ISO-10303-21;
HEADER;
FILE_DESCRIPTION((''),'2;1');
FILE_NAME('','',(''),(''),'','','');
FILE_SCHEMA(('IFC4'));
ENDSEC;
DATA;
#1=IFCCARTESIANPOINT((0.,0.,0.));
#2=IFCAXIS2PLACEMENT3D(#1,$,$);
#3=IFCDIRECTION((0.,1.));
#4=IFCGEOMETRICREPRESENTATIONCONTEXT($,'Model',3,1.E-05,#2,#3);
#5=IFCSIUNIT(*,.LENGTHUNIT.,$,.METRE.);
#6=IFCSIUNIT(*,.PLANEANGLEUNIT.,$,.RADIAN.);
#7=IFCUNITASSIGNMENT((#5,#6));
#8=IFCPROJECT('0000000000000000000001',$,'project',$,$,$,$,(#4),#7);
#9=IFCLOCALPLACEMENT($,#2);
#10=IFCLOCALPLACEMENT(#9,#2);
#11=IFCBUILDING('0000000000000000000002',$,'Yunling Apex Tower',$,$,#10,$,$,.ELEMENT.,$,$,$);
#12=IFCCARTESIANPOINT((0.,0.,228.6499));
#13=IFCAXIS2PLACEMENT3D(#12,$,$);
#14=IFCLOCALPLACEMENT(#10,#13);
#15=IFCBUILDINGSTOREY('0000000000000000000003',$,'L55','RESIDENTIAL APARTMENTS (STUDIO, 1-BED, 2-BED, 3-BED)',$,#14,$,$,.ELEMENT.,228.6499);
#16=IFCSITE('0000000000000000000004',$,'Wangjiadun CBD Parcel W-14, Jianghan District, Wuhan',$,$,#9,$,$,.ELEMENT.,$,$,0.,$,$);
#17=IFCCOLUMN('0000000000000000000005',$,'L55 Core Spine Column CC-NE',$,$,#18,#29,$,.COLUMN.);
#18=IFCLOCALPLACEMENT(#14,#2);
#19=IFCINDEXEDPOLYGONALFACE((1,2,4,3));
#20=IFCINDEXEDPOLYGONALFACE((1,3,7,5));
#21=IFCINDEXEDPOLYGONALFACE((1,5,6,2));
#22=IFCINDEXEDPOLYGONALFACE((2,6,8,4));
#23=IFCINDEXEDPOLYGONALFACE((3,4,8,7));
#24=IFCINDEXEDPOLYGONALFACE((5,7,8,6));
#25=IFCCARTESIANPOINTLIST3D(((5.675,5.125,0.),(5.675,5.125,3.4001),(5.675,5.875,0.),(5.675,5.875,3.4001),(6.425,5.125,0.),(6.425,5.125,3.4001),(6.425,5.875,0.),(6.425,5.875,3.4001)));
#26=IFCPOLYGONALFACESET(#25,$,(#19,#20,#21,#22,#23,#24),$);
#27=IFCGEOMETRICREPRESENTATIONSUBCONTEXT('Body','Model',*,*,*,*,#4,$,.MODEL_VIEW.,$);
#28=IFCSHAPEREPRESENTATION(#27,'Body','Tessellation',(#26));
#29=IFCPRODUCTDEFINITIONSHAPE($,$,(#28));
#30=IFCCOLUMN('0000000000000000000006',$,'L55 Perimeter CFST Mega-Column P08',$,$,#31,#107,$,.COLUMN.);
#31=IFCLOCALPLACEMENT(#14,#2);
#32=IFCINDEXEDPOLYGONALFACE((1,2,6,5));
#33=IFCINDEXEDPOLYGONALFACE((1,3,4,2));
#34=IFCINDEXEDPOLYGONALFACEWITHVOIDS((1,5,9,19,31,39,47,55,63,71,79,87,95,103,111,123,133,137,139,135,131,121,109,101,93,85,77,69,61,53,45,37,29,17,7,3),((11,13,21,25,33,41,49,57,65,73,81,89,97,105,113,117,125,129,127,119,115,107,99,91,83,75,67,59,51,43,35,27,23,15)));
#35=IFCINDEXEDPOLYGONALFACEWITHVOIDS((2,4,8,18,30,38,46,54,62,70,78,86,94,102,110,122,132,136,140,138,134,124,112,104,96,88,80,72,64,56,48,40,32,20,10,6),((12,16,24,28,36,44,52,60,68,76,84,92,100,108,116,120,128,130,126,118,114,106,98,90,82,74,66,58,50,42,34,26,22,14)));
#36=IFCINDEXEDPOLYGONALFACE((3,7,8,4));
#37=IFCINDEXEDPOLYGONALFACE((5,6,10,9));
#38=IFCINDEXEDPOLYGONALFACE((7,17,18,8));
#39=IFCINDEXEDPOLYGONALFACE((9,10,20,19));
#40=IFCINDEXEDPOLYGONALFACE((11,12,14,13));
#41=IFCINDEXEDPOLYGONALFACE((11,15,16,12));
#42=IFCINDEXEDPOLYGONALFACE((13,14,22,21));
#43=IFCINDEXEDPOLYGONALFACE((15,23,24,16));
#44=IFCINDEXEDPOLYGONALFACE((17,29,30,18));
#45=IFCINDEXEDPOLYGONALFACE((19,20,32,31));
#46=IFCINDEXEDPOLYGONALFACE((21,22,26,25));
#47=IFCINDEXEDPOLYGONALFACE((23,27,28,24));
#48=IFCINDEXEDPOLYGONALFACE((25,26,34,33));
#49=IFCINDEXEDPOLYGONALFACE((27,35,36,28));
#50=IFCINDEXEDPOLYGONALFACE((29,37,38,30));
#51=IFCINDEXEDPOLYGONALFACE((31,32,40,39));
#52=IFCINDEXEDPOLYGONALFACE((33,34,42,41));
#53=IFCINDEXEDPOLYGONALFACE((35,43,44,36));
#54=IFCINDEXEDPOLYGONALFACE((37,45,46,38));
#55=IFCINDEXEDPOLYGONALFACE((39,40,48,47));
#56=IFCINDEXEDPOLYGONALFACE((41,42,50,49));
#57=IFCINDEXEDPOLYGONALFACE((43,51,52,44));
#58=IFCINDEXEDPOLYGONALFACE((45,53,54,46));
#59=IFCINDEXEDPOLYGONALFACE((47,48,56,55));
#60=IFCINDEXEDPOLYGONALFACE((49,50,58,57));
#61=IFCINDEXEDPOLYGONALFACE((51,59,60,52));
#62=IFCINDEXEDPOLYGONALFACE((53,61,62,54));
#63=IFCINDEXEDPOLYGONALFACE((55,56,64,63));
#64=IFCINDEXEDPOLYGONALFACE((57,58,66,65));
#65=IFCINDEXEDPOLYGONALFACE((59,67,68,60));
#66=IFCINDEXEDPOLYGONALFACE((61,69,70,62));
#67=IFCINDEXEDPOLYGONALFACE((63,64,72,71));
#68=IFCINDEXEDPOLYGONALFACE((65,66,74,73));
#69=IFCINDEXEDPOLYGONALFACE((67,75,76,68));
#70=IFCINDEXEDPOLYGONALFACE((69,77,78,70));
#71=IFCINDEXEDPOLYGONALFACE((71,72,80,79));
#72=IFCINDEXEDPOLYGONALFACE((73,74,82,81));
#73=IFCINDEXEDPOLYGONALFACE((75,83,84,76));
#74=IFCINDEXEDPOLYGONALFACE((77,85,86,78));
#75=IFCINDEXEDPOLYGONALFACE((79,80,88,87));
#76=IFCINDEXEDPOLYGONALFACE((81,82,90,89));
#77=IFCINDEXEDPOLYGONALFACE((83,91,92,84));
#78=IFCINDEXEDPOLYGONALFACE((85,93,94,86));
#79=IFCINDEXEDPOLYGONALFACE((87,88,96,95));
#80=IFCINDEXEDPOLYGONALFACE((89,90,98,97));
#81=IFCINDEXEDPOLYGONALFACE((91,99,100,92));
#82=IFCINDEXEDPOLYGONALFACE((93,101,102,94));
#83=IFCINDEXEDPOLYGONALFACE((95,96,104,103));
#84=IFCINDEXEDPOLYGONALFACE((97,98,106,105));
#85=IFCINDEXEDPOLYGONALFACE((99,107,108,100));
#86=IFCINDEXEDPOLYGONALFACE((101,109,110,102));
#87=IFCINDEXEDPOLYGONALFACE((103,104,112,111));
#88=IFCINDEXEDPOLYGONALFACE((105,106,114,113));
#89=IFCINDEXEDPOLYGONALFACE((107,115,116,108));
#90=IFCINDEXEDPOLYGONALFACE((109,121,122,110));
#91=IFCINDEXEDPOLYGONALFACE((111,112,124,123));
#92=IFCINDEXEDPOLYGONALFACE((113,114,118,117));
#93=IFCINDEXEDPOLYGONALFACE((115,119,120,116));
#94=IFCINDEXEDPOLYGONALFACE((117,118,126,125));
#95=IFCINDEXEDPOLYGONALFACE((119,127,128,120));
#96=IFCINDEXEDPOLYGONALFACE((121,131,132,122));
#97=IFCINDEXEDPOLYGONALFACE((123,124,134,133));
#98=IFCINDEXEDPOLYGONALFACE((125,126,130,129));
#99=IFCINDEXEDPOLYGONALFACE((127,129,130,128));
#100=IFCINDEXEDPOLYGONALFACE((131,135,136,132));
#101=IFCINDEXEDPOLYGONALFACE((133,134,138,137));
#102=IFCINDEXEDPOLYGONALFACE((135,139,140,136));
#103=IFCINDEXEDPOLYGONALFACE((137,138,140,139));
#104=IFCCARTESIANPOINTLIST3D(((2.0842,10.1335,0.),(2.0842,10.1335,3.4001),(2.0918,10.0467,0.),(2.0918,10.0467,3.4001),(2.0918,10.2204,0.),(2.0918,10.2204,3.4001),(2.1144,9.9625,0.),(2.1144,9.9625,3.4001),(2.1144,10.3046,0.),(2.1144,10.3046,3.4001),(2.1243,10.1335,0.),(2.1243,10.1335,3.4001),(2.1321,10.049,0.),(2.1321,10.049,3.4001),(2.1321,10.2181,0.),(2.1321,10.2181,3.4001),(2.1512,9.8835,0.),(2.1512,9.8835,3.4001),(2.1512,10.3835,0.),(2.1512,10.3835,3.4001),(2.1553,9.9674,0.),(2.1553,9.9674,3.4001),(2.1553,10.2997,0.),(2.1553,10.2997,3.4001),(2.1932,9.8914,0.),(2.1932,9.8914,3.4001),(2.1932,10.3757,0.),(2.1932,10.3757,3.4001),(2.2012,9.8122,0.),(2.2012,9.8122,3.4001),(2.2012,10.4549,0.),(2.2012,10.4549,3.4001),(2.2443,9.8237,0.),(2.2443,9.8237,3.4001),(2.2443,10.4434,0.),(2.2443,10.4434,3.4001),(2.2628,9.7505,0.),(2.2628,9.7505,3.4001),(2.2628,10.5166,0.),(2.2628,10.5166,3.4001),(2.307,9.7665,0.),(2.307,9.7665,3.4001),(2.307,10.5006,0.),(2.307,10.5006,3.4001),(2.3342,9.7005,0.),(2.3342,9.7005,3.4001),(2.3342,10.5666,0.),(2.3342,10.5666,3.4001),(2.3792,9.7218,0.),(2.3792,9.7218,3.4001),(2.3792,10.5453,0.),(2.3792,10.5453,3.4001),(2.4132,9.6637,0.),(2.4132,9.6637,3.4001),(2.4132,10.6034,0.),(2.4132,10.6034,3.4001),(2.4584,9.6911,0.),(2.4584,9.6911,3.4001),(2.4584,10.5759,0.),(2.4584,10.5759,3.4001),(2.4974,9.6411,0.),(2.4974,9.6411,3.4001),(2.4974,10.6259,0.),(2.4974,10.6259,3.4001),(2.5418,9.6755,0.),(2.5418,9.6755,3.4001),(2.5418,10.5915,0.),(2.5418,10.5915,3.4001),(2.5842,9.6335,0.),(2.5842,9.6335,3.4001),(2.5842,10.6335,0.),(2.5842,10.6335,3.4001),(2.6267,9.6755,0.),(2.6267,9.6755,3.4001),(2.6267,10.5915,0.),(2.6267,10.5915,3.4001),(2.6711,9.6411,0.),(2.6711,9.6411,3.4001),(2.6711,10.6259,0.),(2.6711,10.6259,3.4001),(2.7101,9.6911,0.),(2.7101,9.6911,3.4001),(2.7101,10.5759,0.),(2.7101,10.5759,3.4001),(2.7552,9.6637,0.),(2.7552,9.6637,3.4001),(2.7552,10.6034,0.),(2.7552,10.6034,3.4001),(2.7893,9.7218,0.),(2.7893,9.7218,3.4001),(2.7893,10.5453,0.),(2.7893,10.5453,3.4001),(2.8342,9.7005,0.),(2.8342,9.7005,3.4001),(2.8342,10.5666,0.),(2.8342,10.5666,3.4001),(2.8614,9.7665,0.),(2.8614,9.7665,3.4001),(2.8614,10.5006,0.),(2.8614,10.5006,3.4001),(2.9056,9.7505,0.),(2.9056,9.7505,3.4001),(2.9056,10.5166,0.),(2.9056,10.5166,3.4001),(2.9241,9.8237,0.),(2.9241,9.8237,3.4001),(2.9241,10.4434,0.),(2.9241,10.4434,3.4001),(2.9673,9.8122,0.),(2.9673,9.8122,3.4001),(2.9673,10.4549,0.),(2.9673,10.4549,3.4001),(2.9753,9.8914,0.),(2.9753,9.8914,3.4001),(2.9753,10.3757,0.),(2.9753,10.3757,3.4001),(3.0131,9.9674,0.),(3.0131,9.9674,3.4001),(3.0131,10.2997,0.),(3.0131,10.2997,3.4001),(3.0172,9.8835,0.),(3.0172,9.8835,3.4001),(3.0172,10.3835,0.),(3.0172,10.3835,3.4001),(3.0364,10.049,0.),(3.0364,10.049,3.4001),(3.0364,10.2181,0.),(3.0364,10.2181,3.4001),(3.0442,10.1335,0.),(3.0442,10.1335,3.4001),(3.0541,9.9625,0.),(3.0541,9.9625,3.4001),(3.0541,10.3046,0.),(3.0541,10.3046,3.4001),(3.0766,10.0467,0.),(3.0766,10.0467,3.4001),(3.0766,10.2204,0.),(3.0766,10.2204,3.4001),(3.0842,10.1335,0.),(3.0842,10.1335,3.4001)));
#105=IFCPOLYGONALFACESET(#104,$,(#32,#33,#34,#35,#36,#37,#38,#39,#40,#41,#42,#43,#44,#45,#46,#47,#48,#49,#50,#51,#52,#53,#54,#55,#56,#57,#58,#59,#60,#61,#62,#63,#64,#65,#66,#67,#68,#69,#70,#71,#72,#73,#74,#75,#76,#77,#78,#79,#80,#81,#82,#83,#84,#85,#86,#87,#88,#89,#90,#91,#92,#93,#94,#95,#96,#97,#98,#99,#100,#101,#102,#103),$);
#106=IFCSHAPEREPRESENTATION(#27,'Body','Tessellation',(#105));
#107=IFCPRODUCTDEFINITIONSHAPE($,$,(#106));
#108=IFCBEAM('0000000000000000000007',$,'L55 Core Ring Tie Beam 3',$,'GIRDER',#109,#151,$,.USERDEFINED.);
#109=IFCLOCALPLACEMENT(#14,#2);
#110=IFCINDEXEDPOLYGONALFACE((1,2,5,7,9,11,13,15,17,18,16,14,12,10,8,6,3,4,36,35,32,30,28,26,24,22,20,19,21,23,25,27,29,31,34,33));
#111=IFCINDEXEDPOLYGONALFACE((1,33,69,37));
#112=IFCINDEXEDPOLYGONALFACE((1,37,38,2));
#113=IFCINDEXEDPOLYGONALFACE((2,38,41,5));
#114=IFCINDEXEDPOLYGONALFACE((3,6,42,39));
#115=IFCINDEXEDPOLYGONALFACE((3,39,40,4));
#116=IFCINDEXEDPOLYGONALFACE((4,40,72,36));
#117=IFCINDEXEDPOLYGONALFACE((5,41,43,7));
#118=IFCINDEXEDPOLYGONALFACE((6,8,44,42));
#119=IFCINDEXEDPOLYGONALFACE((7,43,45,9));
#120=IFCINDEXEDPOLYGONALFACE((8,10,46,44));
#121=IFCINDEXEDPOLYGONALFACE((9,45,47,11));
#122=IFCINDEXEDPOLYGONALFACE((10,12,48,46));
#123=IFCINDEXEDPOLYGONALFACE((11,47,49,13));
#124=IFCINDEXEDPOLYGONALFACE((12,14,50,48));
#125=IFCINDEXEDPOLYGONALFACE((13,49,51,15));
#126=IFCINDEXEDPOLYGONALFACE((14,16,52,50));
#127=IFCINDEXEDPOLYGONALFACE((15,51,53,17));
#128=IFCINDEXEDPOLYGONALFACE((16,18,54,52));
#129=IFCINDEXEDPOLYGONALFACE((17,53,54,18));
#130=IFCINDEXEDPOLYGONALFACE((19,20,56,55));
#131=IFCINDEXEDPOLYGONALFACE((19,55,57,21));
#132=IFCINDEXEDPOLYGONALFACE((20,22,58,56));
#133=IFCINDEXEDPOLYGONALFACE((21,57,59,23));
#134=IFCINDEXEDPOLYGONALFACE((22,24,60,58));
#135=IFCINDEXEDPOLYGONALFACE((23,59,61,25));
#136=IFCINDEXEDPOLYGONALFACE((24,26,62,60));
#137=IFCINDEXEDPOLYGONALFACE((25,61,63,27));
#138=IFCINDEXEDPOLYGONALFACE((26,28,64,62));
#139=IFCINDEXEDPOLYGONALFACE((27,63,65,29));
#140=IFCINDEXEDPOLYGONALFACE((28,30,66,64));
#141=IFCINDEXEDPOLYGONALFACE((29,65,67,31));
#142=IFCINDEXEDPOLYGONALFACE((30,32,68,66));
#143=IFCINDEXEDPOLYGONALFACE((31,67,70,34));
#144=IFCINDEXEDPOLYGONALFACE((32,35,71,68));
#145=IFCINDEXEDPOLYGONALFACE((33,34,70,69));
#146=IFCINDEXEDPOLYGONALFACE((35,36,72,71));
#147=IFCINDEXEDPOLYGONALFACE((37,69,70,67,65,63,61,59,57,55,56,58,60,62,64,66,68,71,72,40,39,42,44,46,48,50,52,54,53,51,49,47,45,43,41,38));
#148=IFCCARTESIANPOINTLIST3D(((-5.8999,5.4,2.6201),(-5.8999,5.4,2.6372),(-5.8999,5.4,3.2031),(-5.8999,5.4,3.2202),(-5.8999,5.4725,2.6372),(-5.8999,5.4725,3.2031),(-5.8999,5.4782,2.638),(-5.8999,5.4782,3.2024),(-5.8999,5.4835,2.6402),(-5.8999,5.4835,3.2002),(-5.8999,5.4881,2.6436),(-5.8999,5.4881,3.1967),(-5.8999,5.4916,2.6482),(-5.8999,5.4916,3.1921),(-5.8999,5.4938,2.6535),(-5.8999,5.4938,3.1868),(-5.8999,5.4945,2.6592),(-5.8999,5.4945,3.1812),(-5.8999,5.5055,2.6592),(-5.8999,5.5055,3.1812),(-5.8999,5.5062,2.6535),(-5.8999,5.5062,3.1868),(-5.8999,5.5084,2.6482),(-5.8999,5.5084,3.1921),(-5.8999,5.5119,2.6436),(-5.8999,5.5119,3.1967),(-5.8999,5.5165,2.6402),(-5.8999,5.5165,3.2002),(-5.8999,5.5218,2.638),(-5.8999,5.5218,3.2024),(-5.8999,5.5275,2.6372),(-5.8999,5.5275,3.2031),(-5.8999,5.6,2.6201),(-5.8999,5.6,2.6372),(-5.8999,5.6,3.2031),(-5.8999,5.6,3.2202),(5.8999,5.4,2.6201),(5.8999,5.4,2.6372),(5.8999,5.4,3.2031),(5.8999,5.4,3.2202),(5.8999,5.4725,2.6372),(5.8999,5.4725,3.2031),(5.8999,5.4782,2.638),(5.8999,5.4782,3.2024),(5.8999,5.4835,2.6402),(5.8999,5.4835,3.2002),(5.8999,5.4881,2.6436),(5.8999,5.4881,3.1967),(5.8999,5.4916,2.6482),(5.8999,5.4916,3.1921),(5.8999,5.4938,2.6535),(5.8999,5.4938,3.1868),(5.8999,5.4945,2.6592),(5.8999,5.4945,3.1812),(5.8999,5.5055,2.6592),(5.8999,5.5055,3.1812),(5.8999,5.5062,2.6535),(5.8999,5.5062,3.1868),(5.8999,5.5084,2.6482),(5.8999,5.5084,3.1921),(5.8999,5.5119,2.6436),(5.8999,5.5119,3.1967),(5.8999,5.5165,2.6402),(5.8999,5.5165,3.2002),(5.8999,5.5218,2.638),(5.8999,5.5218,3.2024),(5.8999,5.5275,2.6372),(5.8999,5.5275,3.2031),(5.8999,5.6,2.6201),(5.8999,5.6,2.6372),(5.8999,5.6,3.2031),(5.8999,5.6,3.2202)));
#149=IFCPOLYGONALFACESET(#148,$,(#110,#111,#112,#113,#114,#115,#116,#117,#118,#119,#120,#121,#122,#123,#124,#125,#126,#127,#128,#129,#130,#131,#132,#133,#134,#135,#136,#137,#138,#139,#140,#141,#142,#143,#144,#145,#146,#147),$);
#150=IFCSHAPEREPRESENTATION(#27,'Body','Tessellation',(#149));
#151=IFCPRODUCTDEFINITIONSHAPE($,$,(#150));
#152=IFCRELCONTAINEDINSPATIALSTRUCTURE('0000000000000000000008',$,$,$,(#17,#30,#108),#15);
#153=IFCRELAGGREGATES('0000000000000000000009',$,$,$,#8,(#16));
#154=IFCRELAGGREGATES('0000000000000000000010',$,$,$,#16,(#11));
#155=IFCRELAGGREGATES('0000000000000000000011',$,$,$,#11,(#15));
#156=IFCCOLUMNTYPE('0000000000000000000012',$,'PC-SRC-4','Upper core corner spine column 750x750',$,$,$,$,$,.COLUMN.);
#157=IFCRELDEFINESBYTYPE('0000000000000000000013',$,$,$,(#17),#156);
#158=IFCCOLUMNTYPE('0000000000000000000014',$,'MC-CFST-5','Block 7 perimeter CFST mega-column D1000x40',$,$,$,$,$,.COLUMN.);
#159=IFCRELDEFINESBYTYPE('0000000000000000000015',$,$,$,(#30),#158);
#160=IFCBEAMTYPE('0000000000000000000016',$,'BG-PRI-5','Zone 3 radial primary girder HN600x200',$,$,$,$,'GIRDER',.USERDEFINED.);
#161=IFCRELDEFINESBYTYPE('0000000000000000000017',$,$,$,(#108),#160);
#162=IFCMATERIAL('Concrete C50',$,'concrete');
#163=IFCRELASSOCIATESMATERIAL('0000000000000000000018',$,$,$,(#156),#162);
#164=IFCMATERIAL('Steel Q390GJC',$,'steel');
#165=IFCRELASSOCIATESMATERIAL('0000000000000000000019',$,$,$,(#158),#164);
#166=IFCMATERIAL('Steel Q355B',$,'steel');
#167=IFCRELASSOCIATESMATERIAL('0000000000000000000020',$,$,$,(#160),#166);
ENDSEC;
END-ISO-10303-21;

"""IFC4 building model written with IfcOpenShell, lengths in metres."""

from ifc_helpers import new_model, si_unit, direction, frame, origin, origin_2d, place, context, subcontext, project, spatial, rectangle, hollow_circle, i_section, extrude, source, transform, mapped, material, material_profile, profile_set, type_object, element, save


model = new_model("IFC4")

# Units and contexts
model_context = context("Model", 3, precision=1e-05, world=origin(), true_north=direction((0.0, 1.0)))
body_context = subcontext(model_context, "Body", "Model", "MODEL_VIEW")
ifc_project = project(units=[si_unit("LENGTHUNIT", "METRE"), si_unit("PLANEANGLEUNIT", "RADIAN")], contexts=[model_context])

# Site, building, storey
site_placement = place(None, origin())
site = spatial("IfcSite", under=ifc_project, at=site_placement, Name="Wangjiadun CBD Parcel W-14, Jianghan District, Wuhan", CompositionType="ELEMENT", RefElevation=0.0)
building_placement = place(site_placement, origin())
building = spatial("IfcBuilding", under=site, at=building_placement, Name="Yunling Apex Tower", CompositionType="ELEMENT")
storey_placement = place(building_placement, frame((0.0, 0.0, 228.6499)))
storey = spatial("IfcBuildingStorey", under=building, at=storey_placement, Name="L55", Description="RESIDENTIAL APARTMENTS (STUDIO, 1-BED, 2-BED, 3-BED)", CompositionType="ELEMENT", Elevation=228.6499)

# Columns
ifc_material_1 = material(Name="Concrete C50", Category="concrete")
ifc_material_profile_1 = material_profile(ifc_material_1, rectangle(XDim=0.75, YDim=0.75, at=origin_2d()))
ifc_profile_set_1 = profile_set([ifc_material_profile_1], Name="Concrete C50")
column_type_1 = type_object("IfcColumnType", Name="PC-SRC-4", Description="Upper core corner spine column 750x750", PredefinedType="COLUMN", material=ifc_profile_set_1)
shared_shape_1 = source(origin(), body_context, "Body", "SweptSolid", [
    extrude(rectangle(XDim=0.75, YDim=0.75, at=origin_2d()), origin(), (0.0, 0.0, 1.0), 3.4001),
])
column_1_placement = place(storey_placement, frame((6.05, 5.5, 0.0), z_axis=(0.0, 0.0, 1.0), x_axis=(1.0, 0.0, 0.0)))
element("IfcColumn", 1, at=column_1_placement, inside=storey, type_object=column_type_1, Name="L55 Core Spine Column CC-NE", PredefinedType="COLUMN", context=body_context, shape_type="MappedRepresentation", body=[
    mapped(shared_shape_1, transform((0.0, 0.0, 0.0), scale=1.0)),
])
ifc_material_2 = material(Name="Steel Q390GJC", Category="steel")
ifc_material_profile_2 = material_profile(ifc_material_2, hollow_circle(Radius=0.5, WallThickness=0.04, at=origin_2d()))
ifc_profile_set_2 = profile_set([ifc_material_profile_2], Name="Steel Q390GJC")
column_type_2 = type_object("IfcColumnType", Name="MC-CFST-5", Description="Block 7 perimeter CFST mega-column D1000x40", PredefinedType="COLUMN", material=ifc_profile_set_2)
shared_shape_2 = source(origin(), body_context, "Body", "SweptSolid", [
    extrude(hollow_circle(Radius=0.5, WallThickness=0.04, at=origin_2d()), origin(), (0.0, 0.0, 1.0), 3.4001),
])
column_2_placement = place(storey_placement, frame((2.5842, 10.1335, 0.0), z_axis=(0.0, 0.0, 1.0), x_axis=(1.0, 0.0, 0.0)))
element("IfcColumn", 2, at=column_2_placement, inside=storey, type_object=column_type_2, Name="L55 Perimeter CFST Mega-Column P08", PredefinedType="COLUMN", context=body_context, shape_type="MappedRepresentation", body=[
    mapped(shared_shape_2, transform((0.0, 0.0, 0.0), scale=1.0)),
])

# Beam
ifc_material_3 = material(Name="Steel Q355B", Category="steel")
ifc_material_profile_3 = material_profile(ifc_material_3, i_section(OverallWidth=0.2, OverallDepth=0.6001, WebThickness=0.011, FlangeThickness=0.0171, FilletRadius=0.022, at=origin_2d()))
ifc_profile_set_3 = profile_set([ifc_material_profile_3], Name="Steel Q355B")
beam_type_1 = type_object("IfcBeamType", Name="BG-PRI-5", Description="Zone 3 radial primary girder HN600x200", ElementType="GIRDER", PredefinedType="USERDEFINED", material=ifc_profile_set_3)
shared_shape_3 = source(origin(), body_context, "Body", "SweptSolid", [
    extrude(i_section(OverallWidth=0.2, OverallDepth=0.6001, WebThickness=0.011, FlangeThickness=0.0171, FilletRadius=0.022, at=origin_2d()), origin(), (0.0, 0.0, 1.0), 11.7998),
])
beam_1_placement = place(storey_placement, frame((5.8999, 5.5, 2.9202), z_axis=(-1.0, 0.0, 0.0), x_axis=(0.0, -1.0, 0.0)))
element("IfcBeam", 3, at=beam_1_placement, inside=storey, type_object=beam_type_1, Name="L55 Core Ring Tie Beam 3", ObjectType="GIRDER", PredefinedType="USERDEFINED", context=body_context, shape_type="MappedRepresentation", body=[
    mapped(shared_shape_3, transform((0.0, 0.0, 0.0), scale=1.0)),
])

save(model, "model.ifc")
